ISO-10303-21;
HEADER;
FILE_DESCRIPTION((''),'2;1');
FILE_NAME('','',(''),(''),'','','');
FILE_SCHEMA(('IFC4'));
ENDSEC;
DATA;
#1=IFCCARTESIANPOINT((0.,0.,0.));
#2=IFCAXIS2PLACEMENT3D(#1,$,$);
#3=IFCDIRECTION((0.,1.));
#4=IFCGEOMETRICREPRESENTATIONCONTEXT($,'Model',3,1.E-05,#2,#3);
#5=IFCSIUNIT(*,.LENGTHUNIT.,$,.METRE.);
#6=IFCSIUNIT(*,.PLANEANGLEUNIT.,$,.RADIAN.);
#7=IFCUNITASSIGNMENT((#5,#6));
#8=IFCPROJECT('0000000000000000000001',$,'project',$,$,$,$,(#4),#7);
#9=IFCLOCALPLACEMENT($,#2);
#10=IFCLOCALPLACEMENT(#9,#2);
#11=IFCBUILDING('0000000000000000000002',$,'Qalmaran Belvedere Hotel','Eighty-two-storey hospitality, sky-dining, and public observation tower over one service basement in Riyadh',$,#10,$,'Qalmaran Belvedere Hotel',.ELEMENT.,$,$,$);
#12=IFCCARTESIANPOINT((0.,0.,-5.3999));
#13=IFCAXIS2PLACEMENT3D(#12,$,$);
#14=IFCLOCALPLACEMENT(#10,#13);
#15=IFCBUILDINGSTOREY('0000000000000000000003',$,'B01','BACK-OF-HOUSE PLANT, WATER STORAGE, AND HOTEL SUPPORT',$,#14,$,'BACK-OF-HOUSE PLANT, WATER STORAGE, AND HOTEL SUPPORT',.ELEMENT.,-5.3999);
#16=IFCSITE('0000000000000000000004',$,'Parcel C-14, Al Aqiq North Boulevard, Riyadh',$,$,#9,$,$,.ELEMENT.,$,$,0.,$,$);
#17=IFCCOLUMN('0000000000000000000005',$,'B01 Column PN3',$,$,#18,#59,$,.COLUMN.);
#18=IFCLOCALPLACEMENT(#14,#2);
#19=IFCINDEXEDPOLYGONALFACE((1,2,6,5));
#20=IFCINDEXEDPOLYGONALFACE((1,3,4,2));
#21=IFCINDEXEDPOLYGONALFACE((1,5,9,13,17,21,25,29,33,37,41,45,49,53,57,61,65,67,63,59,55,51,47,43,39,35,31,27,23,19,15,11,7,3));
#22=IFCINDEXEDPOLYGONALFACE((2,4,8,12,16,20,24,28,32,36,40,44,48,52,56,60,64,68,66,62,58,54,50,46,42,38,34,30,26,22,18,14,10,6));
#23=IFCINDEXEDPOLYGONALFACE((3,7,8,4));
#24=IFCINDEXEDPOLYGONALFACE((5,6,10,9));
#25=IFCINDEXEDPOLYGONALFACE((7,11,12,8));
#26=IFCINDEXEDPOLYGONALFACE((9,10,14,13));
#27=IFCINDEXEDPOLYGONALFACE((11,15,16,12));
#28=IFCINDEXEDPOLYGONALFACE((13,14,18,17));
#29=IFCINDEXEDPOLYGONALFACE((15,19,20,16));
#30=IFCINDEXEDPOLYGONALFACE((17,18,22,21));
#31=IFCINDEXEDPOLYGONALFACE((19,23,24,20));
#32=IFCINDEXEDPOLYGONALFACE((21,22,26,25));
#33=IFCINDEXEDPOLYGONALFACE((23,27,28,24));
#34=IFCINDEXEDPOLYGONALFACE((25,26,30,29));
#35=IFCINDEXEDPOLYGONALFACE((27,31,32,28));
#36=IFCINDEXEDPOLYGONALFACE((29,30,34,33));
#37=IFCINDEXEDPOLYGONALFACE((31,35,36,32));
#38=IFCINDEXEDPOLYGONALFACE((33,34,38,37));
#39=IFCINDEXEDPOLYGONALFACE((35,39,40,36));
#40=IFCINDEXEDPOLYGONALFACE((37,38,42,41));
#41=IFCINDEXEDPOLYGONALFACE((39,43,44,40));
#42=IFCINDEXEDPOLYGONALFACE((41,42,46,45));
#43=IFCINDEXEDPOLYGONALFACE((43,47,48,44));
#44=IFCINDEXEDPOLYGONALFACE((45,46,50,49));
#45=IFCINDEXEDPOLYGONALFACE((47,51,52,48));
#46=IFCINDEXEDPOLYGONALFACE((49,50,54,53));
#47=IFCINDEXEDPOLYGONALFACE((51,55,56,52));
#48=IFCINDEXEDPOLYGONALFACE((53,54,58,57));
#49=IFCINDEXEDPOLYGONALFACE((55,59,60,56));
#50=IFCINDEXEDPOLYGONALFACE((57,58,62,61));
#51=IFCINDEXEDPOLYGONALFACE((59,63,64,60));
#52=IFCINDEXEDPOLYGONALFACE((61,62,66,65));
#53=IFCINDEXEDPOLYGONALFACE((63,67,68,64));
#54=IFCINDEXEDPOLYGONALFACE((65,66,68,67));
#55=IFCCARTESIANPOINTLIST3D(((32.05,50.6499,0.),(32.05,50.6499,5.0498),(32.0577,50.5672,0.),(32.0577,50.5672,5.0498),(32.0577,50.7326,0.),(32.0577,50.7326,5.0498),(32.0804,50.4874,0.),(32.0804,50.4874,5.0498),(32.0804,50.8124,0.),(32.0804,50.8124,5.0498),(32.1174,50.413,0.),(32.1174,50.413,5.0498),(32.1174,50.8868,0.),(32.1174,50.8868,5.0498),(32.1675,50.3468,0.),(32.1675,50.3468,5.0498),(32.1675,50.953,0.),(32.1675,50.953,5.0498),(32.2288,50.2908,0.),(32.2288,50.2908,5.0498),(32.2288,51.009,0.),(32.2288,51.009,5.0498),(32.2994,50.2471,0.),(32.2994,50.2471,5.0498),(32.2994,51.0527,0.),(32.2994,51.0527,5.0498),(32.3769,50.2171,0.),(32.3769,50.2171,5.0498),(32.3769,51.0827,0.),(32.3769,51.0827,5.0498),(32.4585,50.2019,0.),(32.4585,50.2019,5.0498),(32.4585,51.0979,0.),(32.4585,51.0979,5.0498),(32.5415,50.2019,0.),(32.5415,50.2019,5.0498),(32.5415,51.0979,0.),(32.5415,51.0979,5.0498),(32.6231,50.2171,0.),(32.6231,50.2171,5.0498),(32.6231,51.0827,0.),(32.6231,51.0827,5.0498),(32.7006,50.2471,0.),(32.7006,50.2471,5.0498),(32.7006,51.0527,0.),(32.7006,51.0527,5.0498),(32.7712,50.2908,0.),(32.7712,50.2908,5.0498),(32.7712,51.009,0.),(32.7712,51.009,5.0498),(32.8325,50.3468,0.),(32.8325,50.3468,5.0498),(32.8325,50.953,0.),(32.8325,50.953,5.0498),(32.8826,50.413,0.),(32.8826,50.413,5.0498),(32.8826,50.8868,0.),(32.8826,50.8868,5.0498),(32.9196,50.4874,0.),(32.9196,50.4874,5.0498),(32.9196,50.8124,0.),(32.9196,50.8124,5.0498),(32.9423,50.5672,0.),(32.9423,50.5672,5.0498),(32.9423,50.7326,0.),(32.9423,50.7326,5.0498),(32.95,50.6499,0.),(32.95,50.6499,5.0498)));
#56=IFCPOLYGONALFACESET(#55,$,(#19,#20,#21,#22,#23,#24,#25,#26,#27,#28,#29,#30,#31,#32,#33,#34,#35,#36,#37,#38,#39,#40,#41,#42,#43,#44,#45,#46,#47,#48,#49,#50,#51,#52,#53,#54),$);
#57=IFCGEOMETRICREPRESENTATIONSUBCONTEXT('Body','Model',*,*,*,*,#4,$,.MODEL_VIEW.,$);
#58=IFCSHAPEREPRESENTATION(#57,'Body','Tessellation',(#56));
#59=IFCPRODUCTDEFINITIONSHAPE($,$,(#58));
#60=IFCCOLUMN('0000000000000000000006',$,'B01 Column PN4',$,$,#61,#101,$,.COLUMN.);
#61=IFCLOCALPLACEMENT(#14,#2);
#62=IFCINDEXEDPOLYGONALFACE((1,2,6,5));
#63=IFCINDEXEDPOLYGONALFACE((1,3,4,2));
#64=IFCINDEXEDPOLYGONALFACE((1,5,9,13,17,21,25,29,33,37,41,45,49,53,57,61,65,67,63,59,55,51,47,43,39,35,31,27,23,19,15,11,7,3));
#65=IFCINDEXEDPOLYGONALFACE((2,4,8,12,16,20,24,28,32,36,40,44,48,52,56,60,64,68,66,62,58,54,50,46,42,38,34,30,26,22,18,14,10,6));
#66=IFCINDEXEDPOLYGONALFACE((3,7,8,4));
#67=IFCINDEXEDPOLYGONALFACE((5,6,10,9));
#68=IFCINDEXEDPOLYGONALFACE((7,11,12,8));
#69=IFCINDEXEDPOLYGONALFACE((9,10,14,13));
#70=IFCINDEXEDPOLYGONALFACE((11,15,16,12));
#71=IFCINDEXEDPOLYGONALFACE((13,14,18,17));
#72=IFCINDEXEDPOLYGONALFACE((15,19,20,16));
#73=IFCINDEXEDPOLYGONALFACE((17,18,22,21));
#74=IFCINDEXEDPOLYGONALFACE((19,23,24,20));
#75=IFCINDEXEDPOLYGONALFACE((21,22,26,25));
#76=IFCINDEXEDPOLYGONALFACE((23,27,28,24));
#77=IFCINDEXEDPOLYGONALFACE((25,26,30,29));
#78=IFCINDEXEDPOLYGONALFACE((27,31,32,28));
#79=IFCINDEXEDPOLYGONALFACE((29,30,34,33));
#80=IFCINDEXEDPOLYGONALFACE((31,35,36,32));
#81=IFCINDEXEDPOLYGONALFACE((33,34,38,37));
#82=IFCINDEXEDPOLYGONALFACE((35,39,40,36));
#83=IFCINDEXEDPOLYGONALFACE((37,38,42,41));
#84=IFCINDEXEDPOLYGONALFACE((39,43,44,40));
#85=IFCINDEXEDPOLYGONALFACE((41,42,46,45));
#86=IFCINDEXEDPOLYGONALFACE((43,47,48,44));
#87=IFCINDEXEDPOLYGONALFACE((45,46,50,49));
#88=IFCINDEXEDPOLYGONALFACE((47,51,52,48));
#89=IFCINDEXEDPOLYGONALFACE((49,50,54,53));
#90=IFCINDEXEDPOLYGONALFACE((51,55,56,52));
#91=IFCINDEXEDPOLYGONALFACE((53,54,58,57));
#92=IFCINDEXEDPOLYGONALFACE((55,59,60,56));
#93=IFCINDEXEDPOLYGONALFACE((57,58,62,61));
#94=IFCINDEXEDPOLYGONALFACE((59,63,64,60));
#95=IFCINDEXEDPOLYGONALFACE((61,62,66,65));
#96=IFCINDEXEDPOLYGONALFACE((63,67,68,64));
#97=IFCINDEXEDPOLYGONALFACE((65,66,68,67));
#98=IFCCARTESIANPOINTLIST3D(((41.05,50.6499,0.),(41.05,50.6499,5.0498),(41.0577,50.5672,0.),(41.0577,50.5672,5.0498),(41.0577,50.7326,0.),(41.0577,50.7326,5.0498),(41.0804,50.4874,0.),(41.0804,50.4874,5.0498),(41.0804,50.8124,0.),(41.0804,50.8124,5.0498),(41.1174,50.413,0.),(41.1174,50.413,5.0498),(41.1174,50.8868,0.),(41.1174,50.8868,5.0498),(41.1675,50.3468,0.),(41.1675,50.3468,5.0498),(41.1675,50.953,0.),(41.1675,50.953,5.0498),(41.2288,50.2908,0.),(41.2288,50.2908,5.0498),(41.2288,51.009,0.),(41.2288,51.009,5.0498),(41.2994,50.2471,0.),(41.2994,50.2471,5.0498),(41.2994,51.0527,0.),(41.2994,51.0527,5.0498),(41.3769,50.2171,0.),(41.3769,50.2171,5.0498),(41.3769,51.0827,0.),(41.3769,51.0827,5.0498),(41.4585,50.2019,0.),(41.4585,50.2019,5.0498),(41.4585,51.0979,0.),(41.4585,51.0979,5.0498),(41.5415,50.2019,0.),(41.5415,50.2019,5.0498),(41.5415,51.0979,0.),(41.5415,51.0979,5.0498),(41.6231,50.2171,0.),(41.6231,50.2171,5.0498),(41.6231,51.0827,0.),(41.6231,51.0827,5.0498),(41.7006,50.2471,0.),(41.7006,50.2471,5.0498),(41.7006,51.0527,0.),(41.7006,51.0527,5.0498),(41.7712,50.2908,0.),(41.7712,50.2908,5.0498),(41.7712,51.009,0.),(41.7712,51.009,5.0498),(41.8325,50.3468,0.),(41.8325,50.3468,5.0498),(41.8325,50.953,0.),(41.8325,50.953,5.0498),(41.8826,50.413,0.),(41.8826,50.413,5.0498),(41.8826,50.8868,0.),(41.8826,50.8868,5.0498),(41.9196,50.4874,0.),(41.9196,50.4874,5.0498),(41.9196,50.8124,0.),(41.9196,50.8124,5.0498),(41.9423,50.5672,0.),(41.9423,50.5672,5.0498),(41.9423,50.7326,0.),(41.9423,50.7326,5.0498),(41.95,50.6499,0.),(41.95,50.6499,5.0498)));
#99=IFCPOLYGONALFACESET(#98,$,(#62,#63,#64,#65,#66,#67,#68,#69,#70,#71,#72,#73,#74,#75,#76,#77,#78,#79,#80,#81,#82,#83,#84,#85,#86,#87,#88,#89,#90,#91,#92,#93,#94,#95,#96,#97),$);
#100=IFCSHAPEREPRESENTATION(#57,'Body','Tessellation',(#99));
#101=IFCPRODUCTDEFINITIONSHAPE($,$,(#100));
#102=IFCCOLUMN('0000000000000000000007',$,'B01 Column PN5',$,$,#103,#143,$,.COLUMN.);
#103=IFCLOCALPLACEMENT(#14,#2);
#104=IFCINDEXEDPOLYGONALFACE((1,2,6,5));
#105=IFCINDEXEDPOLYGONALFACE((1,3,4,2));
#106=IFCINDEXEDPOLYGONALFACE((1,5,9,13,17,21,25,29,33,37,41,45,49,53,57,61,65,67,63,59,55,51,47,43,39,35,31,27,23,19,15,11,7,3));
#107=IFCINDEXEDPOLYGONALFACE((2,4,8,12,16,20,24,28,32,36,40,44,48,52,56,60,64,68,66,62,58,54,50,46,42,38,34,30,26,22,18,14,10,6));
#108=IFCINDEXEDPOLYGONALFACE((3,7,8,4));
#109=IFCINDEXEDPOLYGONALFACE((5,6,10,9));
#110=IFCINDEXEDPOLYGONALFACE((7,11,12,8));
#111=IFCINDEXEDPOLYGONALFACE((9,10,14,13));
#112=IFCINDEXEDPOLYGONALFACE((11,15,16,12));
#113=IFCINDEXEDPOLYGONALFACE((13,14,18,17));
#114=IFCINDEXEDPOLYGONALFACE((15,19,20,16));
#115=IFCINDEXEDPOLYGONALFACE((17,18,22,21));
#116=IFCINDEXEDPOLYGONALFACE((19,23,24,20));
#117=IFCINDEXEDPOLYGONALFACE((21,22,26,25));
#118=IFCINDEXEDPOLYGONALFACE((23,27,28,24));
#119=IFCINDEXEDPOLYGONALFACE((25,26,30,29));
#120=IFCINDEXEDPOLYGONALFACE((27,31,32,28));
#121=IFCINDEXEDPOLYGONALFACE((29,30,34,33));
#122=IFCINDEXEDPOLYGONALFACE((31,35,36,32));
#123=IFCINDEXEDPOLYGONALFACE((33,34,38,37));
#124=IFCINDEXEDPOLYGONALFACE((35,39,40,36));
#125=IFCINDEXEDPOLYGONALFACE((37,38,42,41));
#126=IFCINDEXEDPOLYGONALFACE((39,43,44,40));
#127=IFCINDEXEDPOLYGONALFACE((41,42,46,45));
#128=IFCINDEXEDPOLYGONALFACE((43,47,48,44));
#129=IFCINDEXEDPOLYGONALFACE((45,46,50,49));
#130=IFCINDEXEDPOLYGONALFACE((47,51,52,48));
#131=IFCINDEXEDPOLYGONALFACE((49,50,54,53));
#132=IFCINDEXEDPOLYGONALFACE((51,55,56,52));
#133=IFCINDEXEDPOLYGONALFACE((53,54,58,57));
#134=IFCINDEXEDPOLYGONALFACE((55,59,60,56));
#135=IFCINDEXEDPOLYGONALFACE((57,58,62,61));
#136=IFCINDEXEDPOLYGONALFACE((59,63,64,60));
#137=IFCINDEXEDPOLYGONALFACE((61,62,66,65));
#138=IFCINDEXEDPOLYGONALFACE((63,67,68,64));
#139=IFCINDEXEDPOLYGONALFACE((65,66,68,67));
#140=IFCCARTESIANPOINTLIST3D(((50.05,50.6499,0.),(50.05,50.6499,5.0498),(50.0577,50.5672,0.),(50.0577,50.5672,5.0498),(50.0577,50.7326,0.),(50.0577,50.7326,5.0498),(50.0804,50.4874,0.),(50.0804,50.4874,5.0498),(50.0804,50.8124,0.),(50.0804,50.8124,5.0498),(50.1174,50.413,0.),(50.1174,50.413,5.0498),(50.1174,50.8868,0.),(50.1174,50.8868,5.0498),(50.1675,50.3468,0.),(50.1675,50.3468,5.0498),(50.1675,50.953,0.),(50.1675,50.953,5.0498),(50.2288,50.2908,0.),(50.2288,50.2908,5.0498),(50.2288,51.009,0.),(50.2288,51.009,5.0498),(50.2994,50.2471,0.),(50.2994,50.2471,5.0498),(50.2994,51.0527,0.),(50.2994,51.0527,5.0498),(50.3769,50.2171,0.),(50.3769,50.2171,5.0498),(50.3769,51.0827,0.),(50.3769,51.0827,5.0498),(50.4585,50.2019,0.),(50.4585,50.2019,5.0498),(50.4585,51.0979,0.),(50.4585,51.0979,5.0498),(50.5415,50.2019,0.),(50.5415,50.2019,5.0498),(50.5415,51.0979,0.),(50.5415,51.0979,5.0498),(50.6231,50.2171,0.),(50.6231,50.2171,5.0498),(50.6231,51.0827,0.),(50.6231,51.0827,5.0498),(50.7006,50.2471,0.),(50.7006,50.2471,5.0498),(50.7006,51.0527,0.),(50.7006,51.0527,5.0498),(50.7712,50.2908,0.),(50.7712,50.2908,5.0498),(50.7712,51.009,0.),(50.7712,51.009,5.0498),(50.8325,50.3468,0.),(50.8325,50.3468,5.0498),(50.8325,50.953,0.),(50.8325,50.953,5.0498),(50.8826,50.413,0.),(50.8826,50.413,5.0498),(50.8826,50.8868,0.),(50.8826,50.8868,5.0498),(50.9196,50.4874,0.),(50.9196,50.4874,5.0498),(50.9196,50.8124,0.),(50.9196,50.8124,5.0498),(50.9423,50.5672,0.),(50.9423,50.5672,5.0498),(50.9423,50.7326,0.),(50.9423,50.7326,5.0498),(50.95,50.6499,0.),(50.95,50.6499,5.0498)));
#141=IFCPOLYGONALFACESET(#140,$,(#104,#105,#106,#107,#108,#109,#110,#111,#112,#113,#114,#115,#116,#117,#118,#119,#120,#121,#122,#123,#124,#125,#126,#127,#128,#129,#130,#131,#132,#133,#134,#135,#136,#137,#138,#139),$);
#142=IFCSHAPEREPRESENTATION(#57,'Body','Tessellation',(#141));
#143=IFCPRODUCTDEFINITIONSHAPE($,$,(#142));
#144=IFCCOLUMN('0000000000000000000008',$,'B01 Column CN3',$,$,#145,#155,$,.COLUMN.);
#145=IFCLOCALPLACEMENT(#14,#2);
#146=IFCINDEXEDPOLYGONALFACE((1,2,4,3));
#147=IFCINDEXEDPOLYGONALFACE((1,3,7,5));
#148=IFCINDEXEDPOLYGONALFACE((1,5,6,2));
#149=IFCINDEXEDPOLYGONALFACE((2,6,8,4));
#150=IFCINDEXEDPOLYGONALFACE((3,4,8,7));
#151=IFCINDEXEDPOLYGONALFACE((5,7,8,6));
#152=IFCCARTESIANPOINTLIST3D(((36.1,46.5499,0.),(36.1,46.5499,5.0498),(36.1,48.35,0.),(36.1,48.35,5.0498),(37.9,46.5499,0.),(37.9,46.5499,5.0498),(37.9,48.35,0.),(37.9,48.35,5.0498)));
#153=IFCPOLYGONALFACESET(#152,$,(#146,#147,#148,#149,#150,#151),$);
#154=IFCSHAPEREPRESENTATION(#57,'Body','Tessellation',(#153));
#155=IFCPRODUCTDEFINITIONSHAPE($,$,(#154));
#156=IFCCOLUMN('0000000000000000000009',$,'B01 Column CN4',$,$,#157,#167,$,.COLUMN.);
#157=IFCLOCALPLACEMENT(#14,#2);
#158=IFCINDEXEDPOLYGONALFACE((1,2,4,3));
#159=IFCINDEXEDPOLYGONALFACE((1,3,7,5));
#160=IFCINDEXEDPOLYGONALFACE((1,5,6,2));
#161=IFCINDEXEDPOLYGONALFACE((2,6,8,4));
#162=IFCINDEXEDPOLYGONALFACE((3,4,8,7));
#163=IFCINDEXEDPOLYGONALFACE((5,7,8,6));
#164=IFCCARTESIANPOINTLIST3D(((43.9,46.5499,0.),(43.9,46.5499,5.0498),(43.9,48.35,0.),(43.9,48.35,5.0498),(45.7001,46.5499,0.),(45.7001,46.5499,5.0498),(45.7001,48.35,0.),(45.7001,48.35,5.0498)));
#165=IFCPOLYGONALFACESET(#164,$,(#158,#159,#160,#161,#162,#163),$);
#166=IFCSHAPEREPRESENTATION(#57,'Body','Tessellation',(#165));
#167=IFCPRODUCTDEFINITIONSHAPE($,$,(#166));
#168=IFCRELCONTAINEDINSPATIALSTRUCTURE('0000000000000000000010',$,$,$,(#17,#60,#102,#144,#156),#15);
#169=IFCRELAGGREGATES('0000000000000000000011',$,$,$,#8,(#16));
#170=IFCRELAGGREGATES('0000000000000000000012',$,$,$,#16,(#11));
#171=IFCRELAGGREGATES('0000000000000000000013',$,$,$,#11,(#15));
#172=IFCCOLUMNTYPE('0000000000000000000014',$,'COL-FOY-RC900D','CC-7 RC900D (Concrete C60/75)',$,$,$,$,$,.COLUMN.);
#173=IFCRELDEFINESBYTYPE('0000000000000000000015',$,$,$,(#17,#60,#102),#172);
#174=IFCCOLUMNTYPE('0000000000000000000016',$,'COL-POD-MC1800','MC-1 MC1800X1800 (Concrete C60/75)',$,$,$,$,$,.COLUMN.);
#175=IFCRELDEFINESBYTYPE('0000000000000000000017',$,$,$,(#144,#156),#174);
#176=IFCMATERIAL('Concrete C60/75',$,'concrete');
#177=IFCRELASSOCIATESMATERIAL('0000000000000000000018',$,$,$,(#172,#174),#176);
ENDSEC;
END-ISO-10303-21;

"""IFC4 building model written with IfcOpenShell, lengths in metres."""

from ifc_helpers import new_model, si_unit, direction, frame, origin, origin_2d, place, context, subcontext, project, spatial, rectangle, circle, extrude, material, material_profile, profile_set, type_object, element, save


model = new_model("IFC4")

# Units and contexts
model_context = context("Model", 3, precision=1e-05, world=origin(), true_north=direction((0.0, 1.0)))
body_context = subcontext(model_context, "Body", "Model", "MODEL_VIEW")
ifc_project = project(units=[si_unit("LENGTHUNIT", "METRE"), si_unit("PLANEANGLEUNIT", "RADIAN")], contexts=[model_context])

# Site, building, storey
site_placement = place(None, origin())
site = spatial("IfcSite", under=ifc_project, at=site_placement, Name="Parcel C-14, Al Aqiq North Boulevard, Riyadh", CompositionType="ELEMENT", RefElevation=0.0)
building_placement = place(site_placement, origin())
building = spatial("IfcBuilding", under=site, at=building_placement, Name="Qalmaran Belvedere Hotel", Description="Eighty-two-storey hospitality, sky-dining, and public observation tower over one service basement in Riyadh", LongName="Qalmaran Belvedere Hotel", CompositionType="ELEMENT")
storey_placement = place(building_placement, frame((0.0, 0.0, -5.3999)))
storey = spatial("IfcBuildingStorey", under=building, at=storey_placement, Name="B01", Description="BACK-OF-HOUSE PLANT, WATER STORAGE, AND HOTEL SUPPORT", LongName="BACK-OF-HOUSE PLANT, WATER STORAGE, AND HOTEL SUPPORT", CompositionType="ELEMENT", Elevation=-5.3999)

# Columns
ifc_material_1 = material(Name="Concrete C60/75", Category="concrete")
ifc_material_profile_1 = material_profile(ifc_material_1, circle(Radius=0.45, at=origin_2d()), Name="RC900D")
ifc_profile_set_1 = profile_set([ifc_material_profile_1], Name="Concrete C60/75")
column_type_1 = type_object("IfcColumnType", Name="COL-FOY-RC900D", Description="CC-7 RC900D (Concrete C60/75)", PredefinedType="COLUMN", material=ifc_profile_set_1)
for number, where, z_axis, x_axis, name in (
    (1, (32.5, 50.6499, 0.0), (0.0, 0.0, 1.0), (1.0, 0.0, 0.0), "B01 Column PN3"),
    (2, (41.5, 50.6499, 0.0), (0.0, 0.0, 1.0), (1.0, 0.0, 0.0), "B01 Column PN4"),
    (3, (50.5, 50.6499, 0.0), (0.0, 0.0, 1.0), (1.0, 0.0, 0.0), "B01 Column PN5"),
):
    element("IfcColumn", number, at=place(storey_placement, frame(where, z_axis=z_axis, x_axis=x_axis)), inside=storey, type_object=column_type_1, Name=name, PredefinedType="COLUMN", context=body_context, shape_type="SweptSolid", body=[
        extrude(circle(Radius=0.45, at=origin_2d()), origin(), (0.0, 0.0, 1.0), 5.0498),
    ])
ifc_material_profile_2 = material_profile(ifc_material_1, rectangle(XDim=1.8, YDim=1.8, at=origin_2d()), Name="MC1800X1800")
ifc_profile_set_2 = profile_set([ifc_material_profile_2], Name="Concrete C60/75")
column_type_2 = type_object("IfcColumnType", Name="COL-POD-MC1800", Description="MC-1 MC1800X1800 (Concrete C60/75)", PredefinedType="COLUMN", material=ifc_profile_set_2)
for number, where, z_axis, x_axis, name in (
    (4, (37.0, 47.45, 0.0), (0.0, 0.0, 1.0), (1.0, 0.0, 0.0), "B01 Column CN3"),
    (5, (44.8, 47.45, 0.0), (0.0, 0.0, 1.0), (1.0, 0.0, 0.0), "B01 Column CN4"),
):
    element("IfcColumn", number, at=place(storey_placement, frame(where, z_axis=z_axis, x_axis=x_axis)), inside=storey, type_object=column_type_2, Name=name, PredefinedType="COLUMN", context=body_context, shape_type="SweptSolid", body=[
        extrude(rectangle(XDim=1.8, YDim=1.8, at=origin_2d()), origin(), (0.0, 0.0, 1.0), 5.0498),
    ])

save(model, "model.ifc")
